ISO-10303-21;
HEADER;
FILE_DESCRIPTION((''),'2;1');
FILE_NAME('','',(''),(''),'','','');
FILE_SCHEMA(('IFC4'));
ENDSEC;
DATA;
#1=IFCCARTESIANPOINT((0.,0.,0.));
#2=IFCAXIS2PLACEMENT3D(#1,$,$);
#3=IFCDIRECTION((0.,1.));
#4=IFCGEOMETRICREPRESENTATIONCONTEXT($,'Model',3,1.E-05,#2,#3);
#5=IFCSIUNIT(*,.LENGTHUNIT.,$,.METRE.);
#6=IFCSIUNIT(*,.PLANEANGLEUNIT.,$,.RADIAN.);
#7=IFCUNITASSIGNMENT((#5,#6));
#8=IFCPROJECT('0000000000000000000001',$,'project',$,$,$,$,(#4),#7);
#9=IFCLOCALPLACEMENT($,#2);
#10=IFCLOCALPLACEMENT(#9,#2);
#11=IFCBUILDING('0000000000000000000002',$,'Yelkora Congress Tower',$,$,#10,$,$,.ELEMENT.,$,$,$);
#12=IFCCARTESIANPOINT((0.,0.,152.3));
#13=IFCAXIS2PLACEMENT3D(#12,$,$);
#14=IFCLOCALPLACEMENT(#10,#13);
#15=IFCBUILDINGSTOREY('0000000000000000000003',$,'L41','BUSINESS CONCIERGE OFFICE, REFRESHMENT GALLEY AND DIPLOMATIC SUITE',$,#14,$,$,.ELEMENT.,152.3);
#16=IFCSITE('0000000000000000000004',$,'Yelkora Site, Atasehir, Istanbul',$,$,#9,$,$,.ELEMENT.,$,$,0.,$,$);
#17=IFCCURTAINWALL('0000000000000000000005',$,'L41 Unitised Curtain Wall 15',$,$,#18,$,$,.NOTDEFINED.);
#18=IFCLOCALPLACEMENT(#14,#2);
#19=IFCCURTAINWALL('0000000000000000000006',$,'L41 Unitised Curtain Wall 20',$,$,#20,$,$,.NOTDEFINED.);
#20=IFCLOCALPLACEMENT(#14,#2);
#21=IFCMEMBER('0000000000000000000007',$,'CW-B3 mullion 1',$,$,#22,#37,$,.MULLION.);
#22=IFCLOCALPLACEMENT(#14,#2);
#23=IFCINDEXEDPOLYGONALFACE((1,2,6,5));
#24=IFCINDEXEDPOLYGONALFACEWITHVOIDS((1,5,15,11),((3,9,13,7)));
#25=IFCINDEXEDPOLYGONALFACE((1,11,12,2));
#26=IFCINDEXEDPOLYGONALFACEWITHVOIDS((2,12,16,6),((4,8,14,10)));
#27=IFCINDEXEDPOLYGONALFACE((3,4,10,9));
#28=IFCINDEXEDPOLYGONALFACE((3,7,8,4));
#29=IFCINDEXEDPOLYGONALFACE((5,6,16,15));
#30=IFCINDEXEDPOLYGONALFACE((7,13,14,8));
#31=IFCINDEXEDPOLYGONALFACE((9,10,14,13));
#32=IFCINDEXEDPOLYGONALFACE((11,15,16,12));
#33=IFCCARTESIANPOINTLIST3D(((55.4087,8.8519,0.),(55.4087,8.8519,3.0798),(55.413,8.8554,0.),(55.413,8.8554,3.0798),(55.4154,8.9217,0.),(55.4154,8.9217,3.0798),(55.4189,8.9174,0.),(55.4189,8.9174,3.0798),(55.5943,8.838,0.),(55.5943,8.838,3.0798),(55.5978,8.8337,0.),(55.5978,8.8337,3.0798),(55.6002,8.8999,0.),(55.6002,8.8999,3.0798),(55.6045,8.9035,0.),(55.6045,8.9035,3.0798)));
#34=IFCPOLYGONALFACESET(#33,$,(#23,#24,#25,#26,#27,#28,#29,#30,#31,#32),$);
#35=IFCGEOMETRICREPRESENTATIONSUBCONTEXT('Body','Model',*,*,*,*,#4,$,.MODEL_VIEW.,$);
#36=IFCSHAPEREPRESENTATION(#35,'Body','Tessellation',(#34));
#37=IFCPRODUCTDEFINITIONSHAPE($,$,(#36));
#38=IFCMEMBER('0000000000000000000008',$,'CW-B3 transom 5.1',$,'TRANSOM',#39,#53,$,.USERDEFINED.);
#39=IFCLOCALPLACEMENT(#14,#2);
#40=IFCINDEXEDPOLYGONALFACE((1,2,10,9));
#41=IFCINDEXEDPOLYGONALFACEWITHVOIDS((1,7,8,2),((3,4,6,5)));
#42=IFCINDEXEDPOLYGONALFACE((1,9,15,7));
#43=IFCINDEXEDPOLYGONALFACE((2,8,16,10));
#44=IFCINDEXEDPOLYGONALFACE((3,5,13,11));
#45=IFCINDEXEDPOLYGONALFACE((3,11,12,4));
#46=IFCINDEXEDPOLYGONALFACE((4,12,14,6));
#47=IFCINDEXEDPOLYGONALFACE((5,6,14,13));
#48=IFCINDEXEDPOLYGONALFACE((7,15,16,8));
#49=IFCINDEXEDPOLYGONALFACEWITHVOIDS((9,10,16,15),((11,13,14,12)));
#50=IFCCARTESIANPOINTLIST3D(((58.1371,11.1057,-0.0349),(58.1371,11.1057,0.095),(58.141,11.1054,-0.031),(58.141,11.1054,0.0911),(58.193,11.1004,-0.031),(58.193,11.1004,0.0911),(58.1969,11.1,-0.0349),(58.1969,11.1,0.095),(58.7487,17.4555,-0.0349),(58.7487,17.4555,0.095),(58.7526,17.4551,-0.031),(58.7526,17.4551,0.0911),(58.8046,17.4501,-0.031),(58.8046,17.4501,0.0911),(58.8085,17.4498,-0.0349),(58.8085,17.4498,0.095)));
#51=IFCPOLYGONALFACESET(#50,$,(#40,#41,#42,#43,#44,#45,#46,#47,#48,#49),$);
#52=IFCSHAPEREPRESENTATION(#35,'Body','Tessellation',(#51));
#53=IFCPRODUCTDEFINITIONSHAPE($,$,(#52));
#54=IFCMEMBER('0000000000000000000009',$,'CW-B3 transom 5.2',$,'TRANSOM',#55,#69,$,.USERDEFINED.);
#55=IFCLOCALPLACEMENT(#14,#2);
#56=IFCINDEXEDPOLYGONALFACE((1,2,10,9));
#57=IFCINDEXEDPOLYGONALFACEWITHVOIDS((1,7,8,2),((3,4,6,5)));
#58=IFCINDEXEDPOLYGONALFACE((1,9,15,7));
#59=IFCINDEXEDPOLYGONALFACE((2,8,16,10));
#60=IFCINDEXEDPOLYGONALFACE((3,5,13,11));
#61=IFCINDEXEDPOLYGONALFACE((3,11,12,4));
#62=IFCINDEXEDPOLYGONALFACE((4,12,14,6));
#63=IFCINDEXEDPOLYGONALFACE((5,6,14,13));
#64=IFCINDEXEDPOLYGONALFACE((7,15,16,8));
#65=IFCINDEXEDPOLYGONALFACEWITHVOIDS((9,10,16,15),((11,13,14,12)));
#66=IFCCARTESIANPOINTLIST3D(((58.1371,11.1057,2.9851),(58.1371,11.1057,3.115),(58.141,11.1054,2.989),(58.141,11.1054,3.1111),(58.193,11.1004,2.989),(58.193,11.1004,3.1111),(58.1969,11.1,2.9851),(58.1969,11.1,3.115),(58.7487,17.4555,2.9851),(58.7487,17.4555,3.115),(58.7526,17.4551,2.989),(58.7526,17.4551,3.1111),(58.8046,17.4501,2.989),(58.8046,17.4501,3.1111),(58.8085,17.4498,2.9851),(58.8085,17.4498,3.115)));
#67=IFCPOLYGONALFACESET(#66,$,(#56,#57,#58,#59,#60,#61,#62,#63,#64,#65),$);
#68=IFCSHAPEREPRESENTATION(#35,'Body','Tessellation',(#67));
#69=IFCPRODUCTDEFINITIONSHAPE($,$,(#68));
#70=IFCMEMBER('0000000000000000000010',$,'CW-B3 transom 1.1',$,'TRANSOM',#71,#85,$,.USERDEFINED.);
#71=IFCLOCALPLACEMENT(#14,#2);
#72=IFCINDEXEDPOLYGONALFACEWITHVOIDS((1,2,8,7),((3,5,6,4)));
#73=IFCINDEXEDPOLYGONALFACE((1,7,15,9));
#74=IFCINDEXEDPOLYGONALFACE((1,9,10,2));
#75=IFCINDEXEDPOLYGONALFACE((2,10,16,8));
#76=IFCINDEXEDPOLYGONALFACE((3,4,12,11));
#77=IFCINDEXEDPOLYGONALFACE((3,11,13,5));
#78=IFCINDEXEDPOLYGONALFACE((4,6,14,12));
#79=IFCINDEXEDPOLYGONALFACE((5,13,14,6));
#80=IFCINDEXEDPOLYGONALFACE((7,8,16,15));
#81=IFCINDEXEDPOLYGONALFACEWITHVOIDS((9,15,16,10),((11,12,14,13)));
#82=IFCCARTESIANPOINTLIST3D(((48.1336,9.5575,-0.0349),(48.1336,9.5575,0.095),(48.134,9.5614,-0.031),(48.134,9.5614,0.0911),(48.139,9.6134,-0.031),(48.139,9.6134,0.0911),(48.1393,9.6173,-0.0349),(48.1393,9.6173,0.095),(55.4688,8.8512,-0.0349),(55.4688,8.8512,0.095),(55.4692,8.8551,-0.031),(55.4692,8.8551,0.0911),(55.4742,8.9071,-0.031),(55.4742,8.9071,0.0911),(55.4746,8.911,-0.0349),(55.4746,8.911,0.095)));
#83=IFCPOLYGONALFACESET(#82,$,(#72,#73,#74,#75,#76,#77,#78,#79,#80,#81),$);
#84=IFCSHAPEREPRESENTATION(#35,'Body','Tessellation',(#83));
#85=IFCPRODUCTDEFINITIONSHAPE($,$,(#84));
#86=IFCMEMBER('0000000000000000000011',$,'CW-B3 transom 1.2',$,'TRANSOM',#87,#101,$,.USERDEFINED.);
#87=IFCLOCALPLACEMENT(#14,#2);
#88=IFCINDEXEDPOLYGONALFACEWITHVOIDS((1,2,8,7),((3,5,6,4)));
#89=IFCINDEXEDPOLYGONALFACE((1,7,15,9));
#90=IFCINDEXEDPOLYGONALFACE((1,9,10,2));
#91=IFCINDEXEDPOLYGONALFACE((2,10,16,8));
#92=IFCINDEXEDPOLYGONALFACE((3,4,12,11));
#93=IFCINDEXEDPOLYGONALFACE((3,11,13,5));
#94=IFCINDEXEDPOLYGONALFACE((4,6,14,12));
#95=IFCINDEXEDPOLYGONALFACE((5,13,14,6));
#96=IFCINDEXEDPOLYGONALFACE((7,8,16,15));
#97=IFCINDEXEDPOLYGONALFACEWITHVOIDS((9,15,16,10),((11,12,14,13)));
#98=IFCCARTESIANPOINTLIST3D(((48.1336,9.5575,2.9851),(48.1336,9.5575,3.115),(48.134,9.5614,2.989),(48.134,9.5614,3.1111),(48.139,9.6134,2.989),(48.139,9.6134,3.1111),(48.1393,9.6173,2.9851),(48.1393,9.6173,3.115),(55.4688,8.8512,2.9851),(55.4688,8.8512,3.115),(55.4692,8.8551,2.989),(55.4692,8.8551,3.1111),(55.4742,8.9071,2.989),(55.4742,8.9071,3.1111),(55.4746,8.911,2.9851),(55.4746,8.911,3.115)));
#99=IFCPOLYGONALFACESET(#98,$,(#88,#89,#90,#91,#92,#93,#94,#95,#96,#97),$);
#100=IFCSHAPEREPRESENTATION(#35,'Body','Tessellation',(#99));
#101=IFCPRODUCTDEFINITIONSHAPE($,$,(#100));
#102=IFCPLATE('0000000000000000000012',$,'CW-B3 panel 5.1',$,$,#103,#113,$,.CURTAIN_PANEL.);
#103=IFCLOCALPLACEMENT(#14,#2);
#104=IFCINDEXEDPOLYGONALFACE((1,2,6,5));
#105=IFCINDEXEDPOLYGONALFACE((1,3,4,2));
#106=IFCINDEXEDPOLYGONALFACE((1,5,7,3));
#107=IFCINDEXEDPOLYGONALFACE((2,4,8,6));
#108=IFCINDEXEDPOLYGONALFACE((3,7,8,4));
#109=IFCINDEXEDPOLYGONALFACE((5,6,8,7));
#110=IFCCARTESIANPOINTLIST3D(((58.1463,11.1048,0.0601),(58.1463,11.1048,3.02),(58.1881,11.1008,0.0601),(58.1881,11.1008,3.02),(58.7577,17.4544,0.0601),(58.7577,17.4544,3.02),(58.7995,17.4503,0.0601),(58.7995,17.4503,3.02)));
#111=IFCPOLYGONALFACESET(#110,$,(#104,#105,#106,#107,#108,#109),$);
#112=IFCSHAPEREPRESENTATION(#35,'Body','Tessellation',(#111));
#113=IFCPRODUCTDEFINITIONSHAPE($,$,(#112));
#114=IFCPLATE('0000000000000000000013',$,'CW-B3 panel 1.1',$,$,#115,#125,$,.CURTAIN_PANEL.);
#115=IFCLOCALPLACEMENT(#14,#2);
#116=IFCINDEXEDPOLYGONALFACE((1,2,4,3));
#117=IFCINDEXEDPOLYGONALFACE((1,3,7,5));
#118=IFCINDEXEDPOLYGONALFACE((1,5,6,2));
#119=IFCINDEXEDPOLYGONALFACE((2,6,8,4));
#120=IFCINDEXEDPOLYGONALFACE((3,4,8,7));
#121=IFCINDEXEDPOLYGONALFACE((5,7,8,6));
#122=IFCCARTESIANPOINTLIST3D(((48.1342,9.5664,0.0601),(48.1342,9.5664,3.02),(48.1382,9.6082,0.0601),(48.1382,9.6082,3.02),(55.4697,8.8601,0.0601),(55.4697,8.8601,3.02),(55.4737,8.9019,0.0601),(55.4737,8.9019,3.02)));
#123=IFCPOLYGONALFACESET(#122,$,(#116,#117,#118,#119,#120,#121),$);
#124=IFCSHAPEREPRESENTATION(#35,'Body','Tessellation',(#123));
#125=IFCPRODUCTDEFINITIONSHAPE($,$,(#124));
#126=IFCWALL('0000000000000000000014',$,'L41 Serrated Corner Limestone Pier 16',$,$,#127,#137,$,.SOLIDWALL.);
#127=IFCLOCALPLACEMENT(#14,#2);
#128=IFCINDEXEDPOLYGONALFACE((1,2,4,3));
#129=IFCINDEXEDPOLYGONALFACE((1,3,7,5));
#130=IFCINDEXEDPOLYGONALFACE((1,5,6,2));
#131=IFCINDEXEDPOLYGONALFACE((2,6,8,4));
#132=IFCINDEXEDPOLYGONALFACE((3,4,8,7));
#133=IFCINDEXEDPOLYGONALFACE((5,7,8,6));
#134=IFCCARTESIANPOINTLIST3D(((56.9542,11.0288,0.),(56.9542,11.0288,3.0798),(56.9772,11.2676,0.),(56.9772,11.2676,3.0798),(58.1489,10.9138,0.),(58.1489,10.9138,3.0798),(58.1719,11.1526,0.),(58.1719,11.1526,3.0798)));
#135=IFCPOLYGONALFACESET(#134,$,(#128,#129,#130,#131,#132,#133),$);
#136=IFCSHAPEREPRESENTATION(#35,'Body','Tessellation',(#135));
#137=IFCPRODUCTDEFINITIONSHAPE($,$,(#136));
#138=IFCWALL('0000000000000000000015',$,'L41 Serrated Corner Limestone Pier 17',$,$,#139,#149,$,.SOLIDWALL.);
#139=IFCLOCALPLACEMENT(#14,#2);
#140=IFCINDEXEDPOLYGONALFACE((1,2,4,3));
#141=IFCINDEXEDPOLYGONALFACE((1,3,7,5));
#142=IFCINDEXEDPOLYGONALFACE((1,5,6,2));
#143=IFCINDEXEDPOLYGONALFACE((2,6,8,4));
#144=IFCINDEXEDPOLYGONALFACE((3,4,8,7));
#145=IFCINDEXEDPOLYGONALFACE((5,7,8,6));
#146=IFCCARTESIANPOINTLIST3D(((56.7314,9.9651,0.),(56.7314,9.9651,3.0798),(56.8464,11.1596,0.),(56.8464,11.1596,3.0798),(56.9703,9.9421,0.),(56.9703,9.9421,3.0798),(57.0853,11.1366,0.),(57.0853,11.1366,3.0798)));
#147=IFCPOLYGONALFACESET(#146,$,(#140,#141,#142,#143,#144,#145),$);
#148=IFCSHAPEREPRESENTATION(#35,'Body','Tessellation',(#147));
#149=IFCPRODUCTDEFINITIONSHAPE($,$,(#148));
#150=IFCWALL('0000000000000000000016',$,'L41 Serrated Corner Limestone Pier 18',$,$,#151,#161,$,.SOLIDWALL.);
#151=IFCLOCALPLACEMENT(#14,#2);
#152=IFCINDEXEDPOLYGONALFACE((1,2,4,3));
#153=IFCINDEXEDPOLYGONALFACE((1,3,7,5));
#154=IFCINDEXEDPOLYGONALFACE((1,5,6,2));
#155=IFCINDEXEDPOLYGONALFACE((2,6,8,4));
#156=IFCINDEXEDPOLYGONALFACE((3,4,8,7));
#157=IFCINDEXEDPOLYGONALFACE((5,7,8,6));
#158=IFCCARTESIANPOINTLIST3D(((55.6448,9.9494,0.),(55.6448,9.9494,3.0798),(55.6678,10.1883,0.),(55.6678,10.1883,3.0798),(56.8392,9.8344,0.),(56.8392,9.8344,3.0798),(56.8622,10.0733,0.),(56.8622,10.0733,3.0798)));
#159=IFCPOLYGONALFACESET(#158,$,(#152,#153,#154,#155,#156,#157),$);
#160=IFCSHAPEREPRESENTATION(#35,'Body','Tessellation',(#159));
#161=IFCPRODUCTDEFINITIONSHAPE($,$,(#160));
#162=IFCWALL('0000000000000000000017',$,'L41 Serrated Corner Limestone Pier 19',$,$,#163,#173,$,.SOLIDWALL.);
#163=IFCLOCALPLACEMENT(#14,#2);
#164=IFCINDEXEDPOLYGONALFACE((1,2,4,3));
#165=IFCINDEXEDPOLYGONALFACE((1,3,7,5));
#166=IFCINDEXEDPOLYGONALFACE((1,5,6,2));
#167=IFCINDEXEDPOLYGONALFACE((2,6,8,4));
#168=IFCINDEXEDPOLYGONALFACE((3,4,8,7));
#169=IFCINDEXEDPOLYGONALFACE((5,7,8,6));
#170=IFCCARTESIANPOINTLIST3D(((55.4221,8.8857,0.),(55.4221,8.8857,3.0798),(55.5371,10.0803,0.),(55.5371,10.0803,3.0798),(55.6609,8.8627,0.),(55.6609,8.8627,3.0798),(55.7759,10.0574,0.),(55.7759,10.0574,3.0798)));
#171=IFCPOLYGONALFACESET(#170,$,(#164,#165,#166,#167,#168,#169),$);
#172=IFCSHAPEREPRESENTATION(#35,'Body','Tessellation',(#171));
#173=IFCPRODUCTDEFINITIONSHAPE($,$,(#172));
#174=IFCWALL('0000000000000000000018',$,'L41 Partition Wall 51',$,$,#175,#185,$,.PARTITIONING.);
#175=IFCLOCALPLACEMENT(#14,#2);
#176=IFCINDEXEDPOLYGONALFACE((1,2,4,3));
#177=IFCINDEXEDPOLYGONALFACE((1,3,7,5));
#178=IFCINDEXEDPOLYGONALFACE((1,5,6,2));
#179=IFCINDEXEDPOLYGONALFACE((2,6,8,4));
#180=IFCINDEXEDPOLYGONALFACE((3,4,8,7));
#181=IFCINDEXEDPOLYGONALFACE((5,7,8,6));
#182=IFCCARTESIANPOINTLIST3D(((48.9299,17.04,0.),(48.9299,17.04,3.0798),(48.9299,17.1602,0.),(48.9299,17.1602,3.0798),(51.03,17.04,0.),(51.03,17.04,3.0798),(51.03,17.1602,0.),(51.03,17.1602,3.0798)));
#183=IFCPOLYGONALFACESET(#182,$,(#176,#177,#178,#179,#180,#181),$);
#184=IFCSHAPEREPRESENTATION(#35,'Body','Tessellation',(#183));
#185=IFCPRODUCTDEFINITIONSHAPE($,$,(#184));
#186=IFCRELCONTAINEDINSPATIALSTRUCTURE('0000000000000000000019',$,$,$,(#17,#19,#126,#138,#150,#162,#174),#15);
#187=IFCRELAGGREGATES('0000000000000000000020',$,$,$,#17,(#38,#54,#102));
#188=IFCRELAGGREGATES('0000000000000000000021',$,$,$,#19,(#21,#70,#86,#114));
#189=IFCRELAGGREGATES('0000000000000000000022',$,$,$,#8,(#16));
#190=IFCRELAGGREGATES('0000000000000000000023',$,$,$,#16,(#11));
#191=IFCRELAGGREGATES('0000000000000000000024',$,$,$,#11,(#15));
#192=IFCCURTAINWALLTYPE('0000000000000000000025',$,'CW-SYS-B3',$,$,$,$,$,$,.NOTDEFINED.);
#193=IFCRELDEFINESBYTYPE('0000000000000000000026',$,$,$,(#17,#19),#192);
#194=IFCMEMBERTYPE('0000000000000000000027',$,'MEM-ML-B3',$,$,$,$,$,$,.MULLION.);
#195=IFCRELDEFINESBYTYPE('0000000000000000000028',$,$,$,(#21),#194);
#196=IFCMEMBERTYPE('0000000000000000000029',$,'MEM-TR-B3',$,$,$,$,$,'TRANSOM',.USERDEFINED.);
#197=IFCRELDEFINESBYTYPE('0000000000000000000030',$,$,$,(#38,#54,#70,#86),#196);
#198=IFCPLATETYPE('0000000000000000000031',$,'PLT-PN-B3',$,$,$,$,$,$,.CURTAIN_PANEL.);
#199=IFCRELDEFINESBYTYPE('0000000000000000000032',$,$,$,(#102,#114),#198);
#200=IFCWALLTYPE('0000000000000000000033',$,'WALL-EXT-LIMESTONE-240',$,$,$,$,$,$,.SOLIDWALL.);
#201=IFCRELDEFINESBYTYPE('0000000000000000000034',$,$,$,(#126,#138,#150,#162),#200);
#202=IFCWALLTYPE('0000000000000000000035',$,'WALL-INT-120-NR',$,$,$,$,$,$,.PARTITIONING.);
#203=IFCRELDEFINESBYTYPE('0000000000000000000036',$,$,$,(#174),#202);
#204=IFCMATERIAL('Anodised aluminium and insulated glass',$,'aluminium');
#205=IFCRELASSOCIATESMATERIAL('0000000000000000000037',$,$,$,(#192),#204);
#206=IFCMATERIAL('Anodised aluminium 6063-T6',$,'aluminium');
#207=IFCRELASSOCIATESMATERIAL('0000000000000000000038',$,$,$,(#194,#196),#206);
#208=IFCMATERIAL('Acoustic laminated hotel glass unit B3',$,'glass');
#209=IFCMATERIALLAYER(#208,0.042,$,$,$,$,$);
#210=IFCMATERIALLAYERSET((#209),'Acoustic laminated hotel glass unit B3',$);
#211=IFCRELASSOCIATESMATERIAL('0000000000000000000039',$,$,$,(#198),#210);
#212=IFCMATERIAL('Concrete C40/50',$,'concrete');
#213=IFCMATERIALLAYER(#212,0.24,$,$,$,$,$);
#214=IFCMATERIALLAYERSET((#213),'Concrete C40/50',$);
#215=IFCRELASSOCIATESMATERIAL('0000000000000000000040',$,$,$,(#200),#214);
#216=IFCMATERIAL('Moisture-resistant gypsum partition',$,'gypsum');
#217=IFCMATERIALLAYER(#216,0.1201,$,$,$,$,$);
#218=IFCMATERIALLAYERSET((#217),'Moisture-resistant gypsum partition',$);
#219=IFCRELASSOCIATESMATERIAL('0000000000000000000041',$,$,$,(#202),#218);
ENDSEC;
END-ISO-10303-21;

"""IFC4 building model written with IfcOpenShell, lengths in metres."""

from ifc_helpers import new_model, si_unit, direction, frame, frame_2d, origin, origin_2d, place, context, subcontext, project, spatial, rectangle, hollow_rectangle, extrude, material, layer, layer_set, material_profile, profile_set, type_object, element, aggregate, save


model = new_model("IFC4")

# Units and contexts
model_context = context("Model", 3, precision=1e-05, world=origin(), true_north=direction((0.0, 1.0)))
body_context = subcontext(model_context, "Body", "Model", "MODEL_VIEW")
ifc_project = project(units=[si_unit("LENGTHUNIT", "METRE"), si_unit("PLANEANGLEUNIT", "RADIAN")], contexts=[model_context])

# Site, building, storey
site_placement = place(None, origin())
site = spatial("IfcSite", under=ifc_project, at=site_placement, Name="Yelkora Site, Atasehir, Istanbul", CompositionType="ELEMENT", RefElevation=0.0)
building_placement = place(site_placement, origin())
building = spatial("IfcBuilding", under=site, at=building_placement, Name="Yelkora Congress Tower", CompositionType="ELEMENT")
storey_placement = place(building_placement, frame((0.0, 0.0, 152.3)))
storey = spatial("IfcBuildingStorey", under=building, at=storey_placement, Name="L41", Description="BUSINESS CONCIERGE OFFICE, REFRESHMENT GALLEY AND DIPLOMATIC SUITE", CompositionType="ELEMENT", Elevation=152.3)

# Curtain wall
ifc_material_1 = material(Name="Anodised aluminium and insulated glass", Category="aluminium")
curtain_wall_type = type_object("IfcCurtainWallType", Name="CW-SYS-B3", PredefinedType="NOTDEFINED", material=ifc_material_1)
curtain_wall_1_placement = place(storey_placement, origin())
curtain_wall_1 = element("IfcCurtainWall", 1, at=curtain_wall_1_placement, inside=storey, type_object=curtain_wall_type, Name="L41 Unitised Curtain Wall 15", PredefinedType="NOTDEFINED")
ifc_material_2 = material(Name="Anodised aluminium 6063-T6", Category="aluminium")
ifc_material_profile_1 = material_profile(ifc_material_2, hollow_rectangle(XDim=0.0701, YDim=0.1899, WallThickness=0.0039, at=origin_2d()), Name="ALU 70x190x4")
ifc_profile_set_1 = profile_set([ifc_material_profile_1], Name="Anodised aluminium 6063-T6")
member_type_1 = type_object("IfcMemberType", Name="MEM-ML-B3", PredefinedType="MULLION", material=ifc_profile_set_1)

# Curtain wall, member
curtain_wall_2_placement = place(storey_placement, origin())
curtain_wall_2 = element("IfcCurtainWall", 2, at=curtain_wall_2_placement, inside=storey, type_object=curtain_wall_type, Name="L41 Unitised Curtain Wall 20", PredefinedType="NOTDEFINED")
member_1_placement = place(storey_placement, frame((55.5066, 8.8777, 0.0), z_axis=(0.0, 0.0, 1.0), x_axis=(-0.095845, -0.995396, 0.0)))
member_1 = element("IfcMember", 3, at=member_1_placement, type_object=member_type_1, Name="CW-B3 mullion 1", PredefinedType="MULLION", context=body_context, shape_type="SweptSolid", body=[
    extrude(hollow_rectangle(XDim=0.0701, YDim=0.1899, WallThickness=0.0039, at=origin_2d()), origin(), (0.0, 0.0, 1.0), 3.0798),
])

# Members
ifc_material_profile_2 = material_profile(ifc_material_2, hollow_rectangle(XDim=0.0601, YDim=0.1299, WallThickness=0.0039, at=origin_2d()), Name="ALU 60x130x4")
ifc_profile_set_2 = profile_set([ifc_material_profile_2], Name="Anodised aluminium 6063-T6")
member_type_2 = type_object("IfcMemberType", Name="MEM-TR-B3", ElementType="TRANSOM", PredefinedType="USERDEFINED", material=ifc_profile_set_2)
member_2_placement = place(storey_placement, frame((58.7786, 17.4526, 0.03), z_axis=(-0.095869, -0.995394, 0.0), x_axis=(0.995394, -0.095869, 0.0)))
member_2 = element("IfcMember", 4, at=member_2_placement, type_object=member_type_2, Name="CW-B3 transom 5.1", ObjectType="TRANSOM", PredefinedType="USERDEFINED", context=body_context, shape_type="SweptSolid", body=[
    extrude(hollow_rectangle(XDim=0.0601, YDim=0.1299, WallThickness=0.0039, at=origin_2d()), origin(), (0.0, 0.0, 1.0), 6.3792),
])
member_3_placement = place(storey_placement, frame((58.7786, 17.4526, 3.05), z_axis=(-0.095869, -0.995394, 0.0), x_axis=(0.995394, -0.095869, 0.0)))
member_3 = element("IfcMember", 5, at=member_3_placement, type_object=member_type_2, Name="CW-B3 transom 5.2", ObjectType="TRANSOM", PredefinedType="USERDEFINED", context=body_context, shape_type="SweptSolid", body=[
    extrude(hollow_rectangle(XDim=0.0601, YDim=0.1299, WallThickness=0.0039, at=origin_2d()), origin(), (0.0, 0.0, 1.0), 6.3792),
])
member_4_placement = place(storey_placement, frame((55.4717, 8.8811, 0.03), z_axis=(-0.995396, 0.095846, 0.0), x_axis=(-0.095846, -0.995396, 0.0)))
member_4 = element("IfcMember", 6, at=member_4_placement, type_object=member_type_2, Name="CW-B3 transom 1.1", ObjectType="TRANSOM", PredefinedType="USERDEFINED", context=body_context, shape_type="SweptSolid", body=[
    extrude(hollow_rectangle(XDim=0.0601, YDim=0.1299, WallThickness=0.0039, at=origin_2d()), origin(), (0.0, 0.0, 1.0), 7.3691),
])
member_5_placement = place(storey_placement, frame((55.4717, 8.8811, 3.05), z_axis=(-0.995396, 0.095846, 0.0), x_axis=(-0.095846, -0.995396, 0.0)))
member_5 = element("IfcMember", 7, at=member_5_placement, type_object=member_type_2, Name="CW-B3 transom 1.2", ObjectType="TRANSOM", PredefinedType="USERDEFINED", context=body_context, shape_type="SweptSolid", body=[
    extrude(hollow_rectangle(XDim=0.0601, YDim=0.1299, WallThickness=0.0039, at=origin_2d()), origin(), (0.0, 0.0, 1.0), 7.3691),
])

# Plates
ifc_material_3 = material(Name="Acoustic laminated hotel glass unit B3", Category="glass")
ifc_layer_1 = layer(ifc_material_3, 0.042)
ifc_layer_set_1 = layer_set([ifc_layer_1], Name="Acoustic laminated hotel glass unit B3")
plate_type = type_object("IfcPlateType", Name="PLT-PN-B3", PredefinedType="CURTAIN_PANEL", material=ifc_layer_set_1)
plate_1_placement = place(storey_placement, frame((58.4729, 14.2776, 0.0601), z_axis=(0.0, 0.0, 1.0), x_axis=(-0.095842, -0.995397, 0.0)))
plate_1 = element("IfcPlate", 8, at=plate_1_placement, type_object=plate_type, Name="CW-B3 panel 5.1", PredefinedType="CURTAIN_PANEL", context=body_context, shape_type="SweptSolid", body=[
    extrude(rectangle(XDim=6.3789, YDim=0.042, at=origin_2d()), origin(), (0.0, 0.0, 1.0), 2.96),
])
aggregate(curtain_wall_1, [member_2, member_3, plate_1])
plate_2_placement = place(storey_placement, frame((51.804, 9.2341, 0.0601), z_axis=(0.0, 0.0, 1.0), x_axis=(-0.995396, 0.095845, 0.0)))
plate_2 = element("IfcPlate", 9, at=plate_2_placement, type_object=plate_type, Name="CW-B3 panel 1.1", PredefinedType="CURTAIN_PANEL", context=body_context, shape_type="SweptSolid", body=[
    extrude(rectangle(XDim=7.3694, YDim=0.042, at=origin_2d()), origin(), (0.0, 0.0, 1.0), 2.96),
])
aggregate(curtain_wall_2, [member_1, member_4, member_5, plate_2])

# Walls
ifc_material_4 = material(Name="Concrete C40/50", Category="concrete")
ifc_layer_2 = layer(ifc_material_4, 0.24)
ifc_layer_set_2 = layer_set([ifc_layer_2], Name="Concrete C40/50")
wall_type_1 = type_object("IfcWallType", Name="WALL-EXT-LIMESTONE-240", PredefinedType="SOLIDWALL", material=ifc_layer_set_2)
wall_1_placement = place(storey_placement, frame((58.1604, 11.0332, 0.0), z_axis=(0.0, 0.0, 1.0), x_axis=(-0.995399, 0.095817, 0.0)))
element("IfcWall", 10, at=wall_1_placement, inside=storey, type_object=wall_type_1, Name="L41 Serrated Corner Limestone Pier 16", PredefinedType="SOLIDWALL", context=body_context, shape_type="SweptSolid", body=[
    extrude(rectangle(XDim=1.2002, YDim=0.24, at=frame_2d((0.6001, 0.0))), origin(), (0.0, 0.0, 1.0), 3.0798),
])
for number, where, z_axis, x_axis, name in (
    (11, (56.9658, 11.1482, 0.0), (0.0, 0.0, 1.0), (-0.095836, -0.995397, 0.0), "L41 Serrated Corner Limestone Pier 17"),
    (12, (56.8508, 9.9539, 0.0), (0.0, 0.0, 1.0), (-0.995397, 0.095836, 0.0), "L41 Serrated Corner Limestone Pier 18"),
):
    element("IfcWall", number, at=place(storey_placement, frame(where, z_axis=z_axis, x_axis=x_axis)), inside=storey, type_object=wall_type_1, Name=name, PredefinedType="SOLIDWALL", context=body_context, shape_type="SweptSolid", body=[
        extrude(rectangle(XDim=1.2, YDim=0.24, at=frame_2d((0.6001, 0.0))), origin(), (0.0, 0.0, 1.0), 3.0798),
    ])
wall_2_placement = place(storey_placement, frame((55.6565, 10.0688, 0.0), z_axis=(0.0, 0.0, 1.0), x_axis=(-0.095817, -0.995399, 0.0)))
element("IfcWall", 13, at=wall_2_placement, inside=storey, type_object=wall_type_1, Name="L41 Serrated Corner Limestone Pier 19", PredefinedType="SOLIDWALL", context=body_context, shape_type="SweptSolid", body=[
    extrude(rectangle(XDim=1.2002, YDim=0.24, at=frame_2d((0.6001, 0.0))), origin(), (0.0, 0.0, 1.0), 3.0798),
])
ifc_material_5 = material(Name="Moisture-resistant gypsum partition", Category="gypsum")
ifc_layer_3 = layer(ifc_material_5, 0.1201)
ifc_layer_set_3 = layer_set([ifc_layer_3], Name="Moisture-resistant gypsum partition")
wall_type_2 = type_object("IfcWallType", Name="WALL-INT-120-NR", PredefinedType="PARTITIONING", material=ifc_layer_set_3)
wall_3_placement = place(storey_placement, frame((48.9299, 17.1001, 0.0), z_axis=(0.0, 0.0, 1.0), x_axis=(1.0, 0.0, 0.0)))
element("IfcWall", 14, at=wall_3_placement, inside=storey, type_object=wall_type_2, Name="L41 Partition Wall 51", PredefinedType="PARTITIONING", context=body_context, shape_type="SweptSolid", body=[
    extrude(rectangle(XDim=2.1001, YDim=0.1201, at=frame_2d((1.05, 0.0))), origin(), (0.0, 0.0, 1.0), 3.0798),
])

save(model, "model.ifc")
